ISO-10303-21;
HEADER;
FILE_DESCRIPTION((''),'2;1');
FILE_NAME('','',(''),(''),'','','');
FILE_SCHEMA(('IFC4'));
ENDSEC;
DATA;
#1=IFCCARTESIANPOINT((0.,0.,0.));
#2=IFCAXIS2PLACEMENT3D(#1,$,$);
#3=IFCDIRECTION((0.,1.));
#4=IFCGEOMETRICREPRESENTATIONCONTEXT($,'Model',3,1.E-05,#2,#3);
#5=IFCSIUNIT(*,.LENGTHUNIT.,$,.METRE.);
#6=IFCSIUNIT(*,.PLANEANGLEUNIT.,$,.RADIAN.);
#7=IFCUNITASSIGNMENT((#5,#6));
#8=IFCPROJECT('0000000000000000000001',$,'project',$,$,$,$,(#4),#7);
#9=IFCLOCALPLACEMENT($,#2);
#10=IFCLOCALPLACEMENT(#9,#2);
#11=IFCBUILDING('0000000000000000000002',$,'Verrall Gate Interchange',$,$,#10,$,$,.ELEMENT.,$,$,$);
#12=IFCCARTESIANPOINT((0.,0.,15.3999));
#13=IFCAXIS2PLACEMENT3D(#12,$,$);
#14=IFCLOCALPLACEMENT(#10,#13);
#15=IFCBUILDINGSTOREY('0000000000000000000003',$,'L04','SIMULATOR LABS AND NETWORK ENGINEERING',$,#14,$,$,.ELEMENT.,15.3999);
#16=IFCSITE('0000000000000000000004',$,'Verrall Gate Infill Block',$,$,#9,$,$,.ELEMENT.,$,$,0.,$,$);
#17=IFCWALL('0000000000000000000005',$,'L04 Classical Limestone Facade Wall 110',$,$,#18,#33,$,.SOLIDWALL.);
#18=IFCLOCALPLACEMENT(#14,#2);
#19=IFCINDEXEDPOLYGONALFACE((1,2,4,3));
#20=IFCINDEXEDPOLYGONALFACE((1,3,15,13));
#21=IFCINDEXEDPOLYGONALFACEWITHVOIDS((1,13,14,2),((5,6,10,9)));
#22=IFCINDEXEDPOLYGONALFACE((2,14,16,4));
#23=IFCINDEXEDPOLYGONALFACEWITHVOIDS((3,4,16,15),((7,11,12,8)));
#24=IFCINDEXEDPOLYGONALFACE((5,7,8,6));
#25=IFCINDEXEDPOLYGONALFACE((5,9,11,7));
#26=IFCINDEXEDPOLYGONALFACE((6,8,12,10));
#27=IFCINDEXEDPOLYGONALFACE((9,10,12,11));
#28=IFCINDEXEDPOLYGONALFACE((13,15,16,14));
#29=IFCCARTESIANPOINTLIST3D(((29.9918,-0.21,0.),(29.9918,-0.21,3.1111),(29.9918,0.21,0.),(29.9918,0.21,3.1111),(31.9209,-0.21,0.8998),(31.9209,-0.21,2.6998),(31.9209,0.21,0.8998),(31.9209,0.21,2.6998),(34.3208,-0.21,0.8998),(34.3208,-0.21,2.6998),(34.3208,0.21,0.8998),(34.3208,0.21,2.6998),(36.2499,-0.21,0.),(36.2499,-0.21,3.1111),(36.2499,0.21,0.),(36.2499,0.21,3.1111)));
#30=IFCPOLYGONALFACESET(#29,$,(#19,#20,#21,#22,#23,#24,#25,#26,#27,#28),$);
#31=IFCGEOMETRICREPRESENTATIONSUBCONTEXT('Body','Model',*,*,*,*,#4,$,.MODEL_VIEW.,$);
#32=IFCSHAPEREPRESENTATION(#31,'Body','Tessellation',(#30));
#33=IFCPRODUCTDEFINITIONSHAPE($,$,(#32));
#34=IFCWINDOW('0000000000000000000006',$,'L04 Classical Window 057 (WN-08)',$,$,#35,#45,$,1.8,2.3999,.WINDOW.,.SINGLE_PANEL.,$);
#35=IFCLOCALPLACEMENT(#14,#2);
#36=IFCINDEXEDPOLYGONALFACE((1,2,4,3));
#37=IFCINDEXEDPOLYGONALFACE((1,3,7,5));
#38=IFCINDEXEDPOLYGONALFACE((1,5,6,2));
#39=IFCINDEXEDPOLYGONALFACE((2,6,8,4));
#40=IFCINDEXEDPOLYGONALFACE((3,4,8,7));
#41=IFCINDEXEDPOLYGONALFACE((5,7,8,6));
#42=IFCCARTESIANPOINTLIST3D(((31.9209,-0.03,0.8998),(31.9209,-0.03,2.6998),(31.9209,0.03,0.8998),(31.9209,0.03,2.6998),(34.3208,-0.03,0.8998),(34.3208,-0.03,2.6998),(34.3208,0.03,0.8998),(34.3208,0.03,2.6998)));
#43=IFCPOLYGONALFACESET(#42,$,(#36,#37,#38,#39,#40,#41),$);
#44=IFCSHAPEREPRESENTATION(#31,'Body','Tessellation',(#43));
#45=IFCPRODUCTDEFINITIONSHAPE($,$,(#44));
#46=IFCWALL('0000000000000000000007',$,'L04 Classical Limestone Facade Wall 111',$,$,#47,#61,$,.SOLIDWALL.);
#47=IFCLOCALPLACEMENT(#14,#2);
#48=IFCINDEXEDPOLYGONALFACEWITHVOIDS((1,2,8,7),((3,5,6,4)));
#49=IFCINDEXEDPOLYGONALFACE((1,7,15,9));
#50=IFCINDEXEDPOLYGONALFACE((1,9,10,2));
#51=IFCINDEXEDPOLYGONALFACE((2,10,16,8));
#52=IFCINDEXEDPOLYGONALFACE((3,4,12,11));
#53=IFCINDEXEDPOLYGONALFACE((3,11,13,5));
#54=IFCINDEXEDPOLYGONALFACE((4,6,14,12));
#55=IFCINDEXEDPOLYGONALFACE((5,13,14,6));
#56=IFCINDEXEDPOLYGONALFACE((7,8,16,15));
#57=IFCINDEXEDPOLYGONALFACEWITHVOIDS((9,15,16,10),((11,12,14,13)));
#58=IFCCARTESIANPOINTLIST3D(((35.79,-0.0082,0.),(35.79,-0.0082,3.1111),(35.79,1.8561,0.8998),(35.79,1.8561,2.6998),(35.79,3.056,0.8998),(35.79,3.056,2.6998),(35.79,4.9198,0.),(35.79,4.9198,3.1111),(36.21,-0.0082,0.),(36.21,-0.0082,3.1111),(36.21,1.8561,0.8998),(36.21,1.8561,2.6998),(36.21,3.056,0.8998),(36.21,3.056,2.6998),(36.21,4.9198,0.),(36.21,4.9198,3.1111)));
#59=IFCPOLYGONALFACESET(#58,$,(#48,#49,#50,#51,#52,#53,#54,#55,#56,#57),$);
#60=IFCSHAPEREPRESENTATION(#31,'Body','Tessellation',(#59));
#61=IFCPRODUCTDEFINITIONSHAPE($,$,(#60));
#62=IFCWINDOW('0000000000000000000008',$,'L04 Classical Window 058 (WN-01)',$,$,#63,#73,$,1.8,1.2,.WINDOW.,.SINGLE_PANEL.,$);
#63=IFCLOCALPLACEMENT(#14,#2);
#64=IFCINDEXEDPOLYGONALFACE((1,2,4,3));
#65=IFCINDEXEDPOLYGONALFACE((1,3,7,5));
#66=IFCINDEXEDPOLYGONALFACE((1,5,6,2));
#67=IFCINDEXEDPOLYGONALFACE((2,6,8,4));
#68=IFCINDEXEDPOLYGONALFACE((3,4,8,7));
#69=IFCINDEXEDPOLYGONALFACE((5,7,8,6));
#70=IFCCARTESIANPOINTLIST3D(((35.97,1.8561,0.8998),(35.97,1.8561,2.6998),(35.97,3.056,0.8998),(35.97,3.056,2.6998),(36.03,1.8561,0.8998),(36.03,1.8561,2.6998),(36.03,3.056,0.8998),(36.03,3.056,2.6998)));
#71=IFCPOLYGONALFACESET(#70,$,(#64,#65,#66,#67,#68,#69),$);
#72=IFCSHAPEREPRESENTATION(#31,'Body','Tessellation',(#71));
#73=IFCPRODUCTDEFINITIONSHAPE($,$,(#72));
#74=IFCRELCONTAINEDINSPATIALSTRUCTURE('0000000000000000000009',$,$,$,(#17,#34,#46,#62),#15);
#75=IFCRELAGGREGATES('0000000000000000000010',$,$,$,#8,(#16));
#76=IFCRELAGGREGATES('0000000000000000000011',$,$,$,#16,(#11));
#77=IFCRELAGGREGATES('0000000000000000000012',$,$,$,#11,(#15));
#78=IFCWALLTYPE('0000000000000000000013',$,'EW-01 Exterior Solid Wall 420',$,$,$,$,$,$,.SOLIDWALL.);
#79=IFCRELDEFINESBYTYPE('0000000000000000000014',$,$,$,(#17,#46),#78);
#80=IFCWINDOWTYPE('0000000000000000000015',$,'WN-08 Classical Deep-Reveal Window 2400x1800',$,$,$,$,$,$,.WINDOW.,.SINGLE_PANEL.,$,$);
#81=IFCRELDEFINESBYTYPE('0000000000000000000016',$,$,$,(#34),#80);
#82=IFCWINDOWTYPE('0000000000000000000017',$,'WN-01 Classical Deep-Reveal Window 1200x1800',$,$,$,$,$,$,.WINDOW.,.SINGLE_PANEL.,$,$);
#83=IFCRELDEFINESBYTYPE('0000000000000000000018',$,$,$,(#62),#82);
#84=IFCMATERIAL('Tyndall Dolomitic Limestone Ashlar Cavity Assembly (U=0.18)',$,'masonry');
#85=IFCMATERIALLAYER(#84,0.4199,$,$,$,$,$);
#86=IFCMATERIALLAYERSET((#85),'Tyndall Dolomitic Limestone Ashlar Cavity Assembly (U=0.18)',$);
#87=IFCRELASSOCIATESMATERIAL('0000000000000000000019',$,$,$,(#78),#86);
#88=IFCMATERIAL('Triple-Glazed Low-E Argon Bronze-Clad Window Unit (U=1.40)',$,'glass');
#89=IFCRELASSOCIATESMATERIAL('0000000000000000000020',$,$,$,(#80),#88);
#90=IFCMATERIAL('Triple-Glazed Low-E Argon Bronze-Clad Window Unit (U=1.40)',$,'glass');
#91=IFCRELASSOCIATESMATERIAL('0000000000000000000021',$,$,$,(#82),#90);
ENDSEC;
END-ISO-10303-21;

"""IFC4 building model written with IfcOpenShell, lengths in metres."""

from ifc_helpers import new_model, si_unit, direction, frame, frame_2d, origin, place, context, subcontext, project, spatial, rectangle, extrude, material, layer, layer_set, type_object, element, fill, save


model = new_model("IFC4")

# Units and contexts
model_context = context("Model", 3, precision=1e-05, world=origin(), true_north=direction((0.0, 1.0)))
body_context = subcontext(model_context, "Body", "Model", "MODEL_VIEW")
ifc_project = project(units=[si_unit("LENGTHUNIT", "METRE"), si_unit("PLANEANGLEUNIT", "RADIAN")], contexts=[model_context])

# Site, building, storey
site_placement = place(None, origin())
site = spatial("IfcSite", under=ifc_project, at=site_placement, Name="Verrall Gate Infill Block", CompositionType="ELEMENT", RefElevation=0.0)
building_placement = place(site_placement, origin())
building = spatial("IfcBuilding", under=site, at=building_placement, Name="Verrall Gate Interchange", CompositionType="ELEMENT")
storey_placement = place(building_placement, frame((0.0, 0.0, 15.3999)))
storey = spatial("IfcBuildingStorey", under=building, at=storey_placement, Name="L04", Description="SIMULATOR LABS AND NETWORK ENGINEERING", CompositionType="ELEMENT", Elevation=15.3999)

# Walls, openings, windows
ifc_material_1 = material(Name="Tyndall Dolomitic Limestone Ashlar Cavity Assembly (U=0.18)", Category="masonry")
ifc_layer_1 = layer(ifc_material_1, 0.4199)
ifc_layer_set_1 = layer_set([ifc_layer_1], Name="Tyndall Dolomitic Limestone Ashlar Cavity Assembly (U=0.18)")
wall_type = type_object("IfcWallType", Name="EW-01 Exterior Solid Wall 420", PredefinedType="SOLIDWALL", material=ifc_layer_set_1)
wall_1_placement = place(storey_placement, frame((29.9919, 0.0, 0.0), z_axis=(0.0, 0.0, 1.0), x_axis=(1.0, 0.0, 0.0)))
wall_1 = element("IfcWall", 1, at=wall_1_placement, inside=storey, type_object=wall_type, Name="L04 Classical Limestone Facade Wall 110", PredefinedType="SOLIDWALL", context=body_context, shape_type="SweptSolid", body=[
    extrude(rectangle(XDim=6.2581, YDim=0.4199, at=frame_2d((3.1289, 0.0))), origin(), (0.0, 0.0, 1.0), 3.1111),
])
opening_1_placement = place(wall_1_placement, frame((1.929, 0.0, 0.8999)))
opening_1 = element("IfcOpeningElement", 2, at=opening_1_placement, cuts=wall_1, PredefinedType="OPENING", context=body_context, shape_type="SweptSolid", body=[
    extrude(rectangle(XDim=2.3999, YDim=1.8, at=frame_2d((1.2, 0.8999))), frame((0.0, 0.2249, 0.0), z_axis=(0.0, -1.0, 0.0), x_axis=(1.0, 0.0, 0.0)), (0.0, 0.0, 1.0), 0.4497),
])
ifc_material_2 = material(Name="Triple-Glazed Low-E Argon Bronze-Clad Window Unit (U=1.40)", Category="glass")
window_type_1 = type_object("IfcWindowType", Name="WN-08 Classical Deep-Reveal Window 2400x1800", PartitioningType="SINGLE_PANEL", PredefinedType="WINDOW", material=ifc_material_2)
window_1_placement = place(opening_1_placement, origin())
window_1 = element("IfcWindow", 3, at=window_1_placement, inside=storey, type_object=window_type_1, Name="L04 Classical Window 057 (WN-08)", OverallHeight=1.8, OverallWidth=2.3999, PartitioningType="SINGLE_PANEL", PredefinedType="WINDOW", context=body_context, shape_type="SweptSolid", body=[
    extrude(rectangle(XDim=2.3999, YDim=1.8, at=frame_2d((1.2, 0.8999))), frame((0.0, 0.03, 0.0), z_axis=(0.0, -1.0, 0.0), x_axis=(1.0, 0.0, 0.0)), (0.0, 0.0, 1.0), 0.0601),
])
fill(opening_1, window_1)
wall_2_placement = place(storey_placement, frame((36.0, -0.0081, 0.0), z_axis=(0.0, 0.0, 1.0), x_axis=(0.0, 1.0, 0.0)))
wall_2 = element("IfcWall", 4, at=wall_2_placement, inside=storey, type_object=wall_type, Name="L04 Classical Limestone Facade Wall 111", PredefinedType="SOLIDWALL", context=body_context, shape_type="SweptSolid", body=[
    extrude(rectangle(XDim=4.928, YDim=0.4199, at=frame_2d((2.4639, 0.0))), origin(), (0.0, 0.0, 1.0), 3.1111),
])
opening_2_placement = place(wall_2_placement, frame((1.864, 0.0, 0.8999)))
opening_2 = element("IfcOpeningElement", 5, at=opening_2_placement, cuts=wall_2, PredefinedType="OPENING", context=body_context, shape_type="SweptSolid", body=[
    extrude(rectangle(XDim=1.2, YDim=1.8, at=frame_2d((0.6001, 0.8999))), frame((0.0, 0.2249, 0.0), z_axis=(0.0, -1.0, 0.0), x_axis=(1.0, 0.0, 0.0)), (0.0, 0.0, 1.0), 0.4497),
])
ifc_material_3 = material(Name="Triple-Glazed Low-E Argon Bronze-Clad Window Unit (U=1.40)", Category="glass")
window_type_2 = type_object("IfcWindowType", Name="WN-01 Classical Deep-Reveal Window 1200x1800", PartitioningType="SINGLE_PANEL", PredefinedType="WINDOW", material=ifc_material_3)
window_2_placement = place(opening_2_placement, origin())
window_2 = element("IfcWindow", 6, at=window_2_placement, inside=storey, type_object=window_type_2, Name="L04 Classical Window 058 (WN-01)", OverallHeight=1.8, OverallWidth=1.2, PartitioningType="SINGLE_PANEL", PredefinedType="WINDOW", context=body_context, shape_type="SweptSolid", body=[
    extrude(rectangle(XDim=1.2, YDim=1.8, at=frame_2d((0.6001, 0.8999))), frame((0.0, 0.03, 0.0), z_axis=(0.0, -1.0, 0.0), x_axis=(1.0, 0.0, 0.0)), (0.0, 0.0, 1.0), 0.0601),
])
fill(opening_2, window_2)

save(model, "model.ifc")
